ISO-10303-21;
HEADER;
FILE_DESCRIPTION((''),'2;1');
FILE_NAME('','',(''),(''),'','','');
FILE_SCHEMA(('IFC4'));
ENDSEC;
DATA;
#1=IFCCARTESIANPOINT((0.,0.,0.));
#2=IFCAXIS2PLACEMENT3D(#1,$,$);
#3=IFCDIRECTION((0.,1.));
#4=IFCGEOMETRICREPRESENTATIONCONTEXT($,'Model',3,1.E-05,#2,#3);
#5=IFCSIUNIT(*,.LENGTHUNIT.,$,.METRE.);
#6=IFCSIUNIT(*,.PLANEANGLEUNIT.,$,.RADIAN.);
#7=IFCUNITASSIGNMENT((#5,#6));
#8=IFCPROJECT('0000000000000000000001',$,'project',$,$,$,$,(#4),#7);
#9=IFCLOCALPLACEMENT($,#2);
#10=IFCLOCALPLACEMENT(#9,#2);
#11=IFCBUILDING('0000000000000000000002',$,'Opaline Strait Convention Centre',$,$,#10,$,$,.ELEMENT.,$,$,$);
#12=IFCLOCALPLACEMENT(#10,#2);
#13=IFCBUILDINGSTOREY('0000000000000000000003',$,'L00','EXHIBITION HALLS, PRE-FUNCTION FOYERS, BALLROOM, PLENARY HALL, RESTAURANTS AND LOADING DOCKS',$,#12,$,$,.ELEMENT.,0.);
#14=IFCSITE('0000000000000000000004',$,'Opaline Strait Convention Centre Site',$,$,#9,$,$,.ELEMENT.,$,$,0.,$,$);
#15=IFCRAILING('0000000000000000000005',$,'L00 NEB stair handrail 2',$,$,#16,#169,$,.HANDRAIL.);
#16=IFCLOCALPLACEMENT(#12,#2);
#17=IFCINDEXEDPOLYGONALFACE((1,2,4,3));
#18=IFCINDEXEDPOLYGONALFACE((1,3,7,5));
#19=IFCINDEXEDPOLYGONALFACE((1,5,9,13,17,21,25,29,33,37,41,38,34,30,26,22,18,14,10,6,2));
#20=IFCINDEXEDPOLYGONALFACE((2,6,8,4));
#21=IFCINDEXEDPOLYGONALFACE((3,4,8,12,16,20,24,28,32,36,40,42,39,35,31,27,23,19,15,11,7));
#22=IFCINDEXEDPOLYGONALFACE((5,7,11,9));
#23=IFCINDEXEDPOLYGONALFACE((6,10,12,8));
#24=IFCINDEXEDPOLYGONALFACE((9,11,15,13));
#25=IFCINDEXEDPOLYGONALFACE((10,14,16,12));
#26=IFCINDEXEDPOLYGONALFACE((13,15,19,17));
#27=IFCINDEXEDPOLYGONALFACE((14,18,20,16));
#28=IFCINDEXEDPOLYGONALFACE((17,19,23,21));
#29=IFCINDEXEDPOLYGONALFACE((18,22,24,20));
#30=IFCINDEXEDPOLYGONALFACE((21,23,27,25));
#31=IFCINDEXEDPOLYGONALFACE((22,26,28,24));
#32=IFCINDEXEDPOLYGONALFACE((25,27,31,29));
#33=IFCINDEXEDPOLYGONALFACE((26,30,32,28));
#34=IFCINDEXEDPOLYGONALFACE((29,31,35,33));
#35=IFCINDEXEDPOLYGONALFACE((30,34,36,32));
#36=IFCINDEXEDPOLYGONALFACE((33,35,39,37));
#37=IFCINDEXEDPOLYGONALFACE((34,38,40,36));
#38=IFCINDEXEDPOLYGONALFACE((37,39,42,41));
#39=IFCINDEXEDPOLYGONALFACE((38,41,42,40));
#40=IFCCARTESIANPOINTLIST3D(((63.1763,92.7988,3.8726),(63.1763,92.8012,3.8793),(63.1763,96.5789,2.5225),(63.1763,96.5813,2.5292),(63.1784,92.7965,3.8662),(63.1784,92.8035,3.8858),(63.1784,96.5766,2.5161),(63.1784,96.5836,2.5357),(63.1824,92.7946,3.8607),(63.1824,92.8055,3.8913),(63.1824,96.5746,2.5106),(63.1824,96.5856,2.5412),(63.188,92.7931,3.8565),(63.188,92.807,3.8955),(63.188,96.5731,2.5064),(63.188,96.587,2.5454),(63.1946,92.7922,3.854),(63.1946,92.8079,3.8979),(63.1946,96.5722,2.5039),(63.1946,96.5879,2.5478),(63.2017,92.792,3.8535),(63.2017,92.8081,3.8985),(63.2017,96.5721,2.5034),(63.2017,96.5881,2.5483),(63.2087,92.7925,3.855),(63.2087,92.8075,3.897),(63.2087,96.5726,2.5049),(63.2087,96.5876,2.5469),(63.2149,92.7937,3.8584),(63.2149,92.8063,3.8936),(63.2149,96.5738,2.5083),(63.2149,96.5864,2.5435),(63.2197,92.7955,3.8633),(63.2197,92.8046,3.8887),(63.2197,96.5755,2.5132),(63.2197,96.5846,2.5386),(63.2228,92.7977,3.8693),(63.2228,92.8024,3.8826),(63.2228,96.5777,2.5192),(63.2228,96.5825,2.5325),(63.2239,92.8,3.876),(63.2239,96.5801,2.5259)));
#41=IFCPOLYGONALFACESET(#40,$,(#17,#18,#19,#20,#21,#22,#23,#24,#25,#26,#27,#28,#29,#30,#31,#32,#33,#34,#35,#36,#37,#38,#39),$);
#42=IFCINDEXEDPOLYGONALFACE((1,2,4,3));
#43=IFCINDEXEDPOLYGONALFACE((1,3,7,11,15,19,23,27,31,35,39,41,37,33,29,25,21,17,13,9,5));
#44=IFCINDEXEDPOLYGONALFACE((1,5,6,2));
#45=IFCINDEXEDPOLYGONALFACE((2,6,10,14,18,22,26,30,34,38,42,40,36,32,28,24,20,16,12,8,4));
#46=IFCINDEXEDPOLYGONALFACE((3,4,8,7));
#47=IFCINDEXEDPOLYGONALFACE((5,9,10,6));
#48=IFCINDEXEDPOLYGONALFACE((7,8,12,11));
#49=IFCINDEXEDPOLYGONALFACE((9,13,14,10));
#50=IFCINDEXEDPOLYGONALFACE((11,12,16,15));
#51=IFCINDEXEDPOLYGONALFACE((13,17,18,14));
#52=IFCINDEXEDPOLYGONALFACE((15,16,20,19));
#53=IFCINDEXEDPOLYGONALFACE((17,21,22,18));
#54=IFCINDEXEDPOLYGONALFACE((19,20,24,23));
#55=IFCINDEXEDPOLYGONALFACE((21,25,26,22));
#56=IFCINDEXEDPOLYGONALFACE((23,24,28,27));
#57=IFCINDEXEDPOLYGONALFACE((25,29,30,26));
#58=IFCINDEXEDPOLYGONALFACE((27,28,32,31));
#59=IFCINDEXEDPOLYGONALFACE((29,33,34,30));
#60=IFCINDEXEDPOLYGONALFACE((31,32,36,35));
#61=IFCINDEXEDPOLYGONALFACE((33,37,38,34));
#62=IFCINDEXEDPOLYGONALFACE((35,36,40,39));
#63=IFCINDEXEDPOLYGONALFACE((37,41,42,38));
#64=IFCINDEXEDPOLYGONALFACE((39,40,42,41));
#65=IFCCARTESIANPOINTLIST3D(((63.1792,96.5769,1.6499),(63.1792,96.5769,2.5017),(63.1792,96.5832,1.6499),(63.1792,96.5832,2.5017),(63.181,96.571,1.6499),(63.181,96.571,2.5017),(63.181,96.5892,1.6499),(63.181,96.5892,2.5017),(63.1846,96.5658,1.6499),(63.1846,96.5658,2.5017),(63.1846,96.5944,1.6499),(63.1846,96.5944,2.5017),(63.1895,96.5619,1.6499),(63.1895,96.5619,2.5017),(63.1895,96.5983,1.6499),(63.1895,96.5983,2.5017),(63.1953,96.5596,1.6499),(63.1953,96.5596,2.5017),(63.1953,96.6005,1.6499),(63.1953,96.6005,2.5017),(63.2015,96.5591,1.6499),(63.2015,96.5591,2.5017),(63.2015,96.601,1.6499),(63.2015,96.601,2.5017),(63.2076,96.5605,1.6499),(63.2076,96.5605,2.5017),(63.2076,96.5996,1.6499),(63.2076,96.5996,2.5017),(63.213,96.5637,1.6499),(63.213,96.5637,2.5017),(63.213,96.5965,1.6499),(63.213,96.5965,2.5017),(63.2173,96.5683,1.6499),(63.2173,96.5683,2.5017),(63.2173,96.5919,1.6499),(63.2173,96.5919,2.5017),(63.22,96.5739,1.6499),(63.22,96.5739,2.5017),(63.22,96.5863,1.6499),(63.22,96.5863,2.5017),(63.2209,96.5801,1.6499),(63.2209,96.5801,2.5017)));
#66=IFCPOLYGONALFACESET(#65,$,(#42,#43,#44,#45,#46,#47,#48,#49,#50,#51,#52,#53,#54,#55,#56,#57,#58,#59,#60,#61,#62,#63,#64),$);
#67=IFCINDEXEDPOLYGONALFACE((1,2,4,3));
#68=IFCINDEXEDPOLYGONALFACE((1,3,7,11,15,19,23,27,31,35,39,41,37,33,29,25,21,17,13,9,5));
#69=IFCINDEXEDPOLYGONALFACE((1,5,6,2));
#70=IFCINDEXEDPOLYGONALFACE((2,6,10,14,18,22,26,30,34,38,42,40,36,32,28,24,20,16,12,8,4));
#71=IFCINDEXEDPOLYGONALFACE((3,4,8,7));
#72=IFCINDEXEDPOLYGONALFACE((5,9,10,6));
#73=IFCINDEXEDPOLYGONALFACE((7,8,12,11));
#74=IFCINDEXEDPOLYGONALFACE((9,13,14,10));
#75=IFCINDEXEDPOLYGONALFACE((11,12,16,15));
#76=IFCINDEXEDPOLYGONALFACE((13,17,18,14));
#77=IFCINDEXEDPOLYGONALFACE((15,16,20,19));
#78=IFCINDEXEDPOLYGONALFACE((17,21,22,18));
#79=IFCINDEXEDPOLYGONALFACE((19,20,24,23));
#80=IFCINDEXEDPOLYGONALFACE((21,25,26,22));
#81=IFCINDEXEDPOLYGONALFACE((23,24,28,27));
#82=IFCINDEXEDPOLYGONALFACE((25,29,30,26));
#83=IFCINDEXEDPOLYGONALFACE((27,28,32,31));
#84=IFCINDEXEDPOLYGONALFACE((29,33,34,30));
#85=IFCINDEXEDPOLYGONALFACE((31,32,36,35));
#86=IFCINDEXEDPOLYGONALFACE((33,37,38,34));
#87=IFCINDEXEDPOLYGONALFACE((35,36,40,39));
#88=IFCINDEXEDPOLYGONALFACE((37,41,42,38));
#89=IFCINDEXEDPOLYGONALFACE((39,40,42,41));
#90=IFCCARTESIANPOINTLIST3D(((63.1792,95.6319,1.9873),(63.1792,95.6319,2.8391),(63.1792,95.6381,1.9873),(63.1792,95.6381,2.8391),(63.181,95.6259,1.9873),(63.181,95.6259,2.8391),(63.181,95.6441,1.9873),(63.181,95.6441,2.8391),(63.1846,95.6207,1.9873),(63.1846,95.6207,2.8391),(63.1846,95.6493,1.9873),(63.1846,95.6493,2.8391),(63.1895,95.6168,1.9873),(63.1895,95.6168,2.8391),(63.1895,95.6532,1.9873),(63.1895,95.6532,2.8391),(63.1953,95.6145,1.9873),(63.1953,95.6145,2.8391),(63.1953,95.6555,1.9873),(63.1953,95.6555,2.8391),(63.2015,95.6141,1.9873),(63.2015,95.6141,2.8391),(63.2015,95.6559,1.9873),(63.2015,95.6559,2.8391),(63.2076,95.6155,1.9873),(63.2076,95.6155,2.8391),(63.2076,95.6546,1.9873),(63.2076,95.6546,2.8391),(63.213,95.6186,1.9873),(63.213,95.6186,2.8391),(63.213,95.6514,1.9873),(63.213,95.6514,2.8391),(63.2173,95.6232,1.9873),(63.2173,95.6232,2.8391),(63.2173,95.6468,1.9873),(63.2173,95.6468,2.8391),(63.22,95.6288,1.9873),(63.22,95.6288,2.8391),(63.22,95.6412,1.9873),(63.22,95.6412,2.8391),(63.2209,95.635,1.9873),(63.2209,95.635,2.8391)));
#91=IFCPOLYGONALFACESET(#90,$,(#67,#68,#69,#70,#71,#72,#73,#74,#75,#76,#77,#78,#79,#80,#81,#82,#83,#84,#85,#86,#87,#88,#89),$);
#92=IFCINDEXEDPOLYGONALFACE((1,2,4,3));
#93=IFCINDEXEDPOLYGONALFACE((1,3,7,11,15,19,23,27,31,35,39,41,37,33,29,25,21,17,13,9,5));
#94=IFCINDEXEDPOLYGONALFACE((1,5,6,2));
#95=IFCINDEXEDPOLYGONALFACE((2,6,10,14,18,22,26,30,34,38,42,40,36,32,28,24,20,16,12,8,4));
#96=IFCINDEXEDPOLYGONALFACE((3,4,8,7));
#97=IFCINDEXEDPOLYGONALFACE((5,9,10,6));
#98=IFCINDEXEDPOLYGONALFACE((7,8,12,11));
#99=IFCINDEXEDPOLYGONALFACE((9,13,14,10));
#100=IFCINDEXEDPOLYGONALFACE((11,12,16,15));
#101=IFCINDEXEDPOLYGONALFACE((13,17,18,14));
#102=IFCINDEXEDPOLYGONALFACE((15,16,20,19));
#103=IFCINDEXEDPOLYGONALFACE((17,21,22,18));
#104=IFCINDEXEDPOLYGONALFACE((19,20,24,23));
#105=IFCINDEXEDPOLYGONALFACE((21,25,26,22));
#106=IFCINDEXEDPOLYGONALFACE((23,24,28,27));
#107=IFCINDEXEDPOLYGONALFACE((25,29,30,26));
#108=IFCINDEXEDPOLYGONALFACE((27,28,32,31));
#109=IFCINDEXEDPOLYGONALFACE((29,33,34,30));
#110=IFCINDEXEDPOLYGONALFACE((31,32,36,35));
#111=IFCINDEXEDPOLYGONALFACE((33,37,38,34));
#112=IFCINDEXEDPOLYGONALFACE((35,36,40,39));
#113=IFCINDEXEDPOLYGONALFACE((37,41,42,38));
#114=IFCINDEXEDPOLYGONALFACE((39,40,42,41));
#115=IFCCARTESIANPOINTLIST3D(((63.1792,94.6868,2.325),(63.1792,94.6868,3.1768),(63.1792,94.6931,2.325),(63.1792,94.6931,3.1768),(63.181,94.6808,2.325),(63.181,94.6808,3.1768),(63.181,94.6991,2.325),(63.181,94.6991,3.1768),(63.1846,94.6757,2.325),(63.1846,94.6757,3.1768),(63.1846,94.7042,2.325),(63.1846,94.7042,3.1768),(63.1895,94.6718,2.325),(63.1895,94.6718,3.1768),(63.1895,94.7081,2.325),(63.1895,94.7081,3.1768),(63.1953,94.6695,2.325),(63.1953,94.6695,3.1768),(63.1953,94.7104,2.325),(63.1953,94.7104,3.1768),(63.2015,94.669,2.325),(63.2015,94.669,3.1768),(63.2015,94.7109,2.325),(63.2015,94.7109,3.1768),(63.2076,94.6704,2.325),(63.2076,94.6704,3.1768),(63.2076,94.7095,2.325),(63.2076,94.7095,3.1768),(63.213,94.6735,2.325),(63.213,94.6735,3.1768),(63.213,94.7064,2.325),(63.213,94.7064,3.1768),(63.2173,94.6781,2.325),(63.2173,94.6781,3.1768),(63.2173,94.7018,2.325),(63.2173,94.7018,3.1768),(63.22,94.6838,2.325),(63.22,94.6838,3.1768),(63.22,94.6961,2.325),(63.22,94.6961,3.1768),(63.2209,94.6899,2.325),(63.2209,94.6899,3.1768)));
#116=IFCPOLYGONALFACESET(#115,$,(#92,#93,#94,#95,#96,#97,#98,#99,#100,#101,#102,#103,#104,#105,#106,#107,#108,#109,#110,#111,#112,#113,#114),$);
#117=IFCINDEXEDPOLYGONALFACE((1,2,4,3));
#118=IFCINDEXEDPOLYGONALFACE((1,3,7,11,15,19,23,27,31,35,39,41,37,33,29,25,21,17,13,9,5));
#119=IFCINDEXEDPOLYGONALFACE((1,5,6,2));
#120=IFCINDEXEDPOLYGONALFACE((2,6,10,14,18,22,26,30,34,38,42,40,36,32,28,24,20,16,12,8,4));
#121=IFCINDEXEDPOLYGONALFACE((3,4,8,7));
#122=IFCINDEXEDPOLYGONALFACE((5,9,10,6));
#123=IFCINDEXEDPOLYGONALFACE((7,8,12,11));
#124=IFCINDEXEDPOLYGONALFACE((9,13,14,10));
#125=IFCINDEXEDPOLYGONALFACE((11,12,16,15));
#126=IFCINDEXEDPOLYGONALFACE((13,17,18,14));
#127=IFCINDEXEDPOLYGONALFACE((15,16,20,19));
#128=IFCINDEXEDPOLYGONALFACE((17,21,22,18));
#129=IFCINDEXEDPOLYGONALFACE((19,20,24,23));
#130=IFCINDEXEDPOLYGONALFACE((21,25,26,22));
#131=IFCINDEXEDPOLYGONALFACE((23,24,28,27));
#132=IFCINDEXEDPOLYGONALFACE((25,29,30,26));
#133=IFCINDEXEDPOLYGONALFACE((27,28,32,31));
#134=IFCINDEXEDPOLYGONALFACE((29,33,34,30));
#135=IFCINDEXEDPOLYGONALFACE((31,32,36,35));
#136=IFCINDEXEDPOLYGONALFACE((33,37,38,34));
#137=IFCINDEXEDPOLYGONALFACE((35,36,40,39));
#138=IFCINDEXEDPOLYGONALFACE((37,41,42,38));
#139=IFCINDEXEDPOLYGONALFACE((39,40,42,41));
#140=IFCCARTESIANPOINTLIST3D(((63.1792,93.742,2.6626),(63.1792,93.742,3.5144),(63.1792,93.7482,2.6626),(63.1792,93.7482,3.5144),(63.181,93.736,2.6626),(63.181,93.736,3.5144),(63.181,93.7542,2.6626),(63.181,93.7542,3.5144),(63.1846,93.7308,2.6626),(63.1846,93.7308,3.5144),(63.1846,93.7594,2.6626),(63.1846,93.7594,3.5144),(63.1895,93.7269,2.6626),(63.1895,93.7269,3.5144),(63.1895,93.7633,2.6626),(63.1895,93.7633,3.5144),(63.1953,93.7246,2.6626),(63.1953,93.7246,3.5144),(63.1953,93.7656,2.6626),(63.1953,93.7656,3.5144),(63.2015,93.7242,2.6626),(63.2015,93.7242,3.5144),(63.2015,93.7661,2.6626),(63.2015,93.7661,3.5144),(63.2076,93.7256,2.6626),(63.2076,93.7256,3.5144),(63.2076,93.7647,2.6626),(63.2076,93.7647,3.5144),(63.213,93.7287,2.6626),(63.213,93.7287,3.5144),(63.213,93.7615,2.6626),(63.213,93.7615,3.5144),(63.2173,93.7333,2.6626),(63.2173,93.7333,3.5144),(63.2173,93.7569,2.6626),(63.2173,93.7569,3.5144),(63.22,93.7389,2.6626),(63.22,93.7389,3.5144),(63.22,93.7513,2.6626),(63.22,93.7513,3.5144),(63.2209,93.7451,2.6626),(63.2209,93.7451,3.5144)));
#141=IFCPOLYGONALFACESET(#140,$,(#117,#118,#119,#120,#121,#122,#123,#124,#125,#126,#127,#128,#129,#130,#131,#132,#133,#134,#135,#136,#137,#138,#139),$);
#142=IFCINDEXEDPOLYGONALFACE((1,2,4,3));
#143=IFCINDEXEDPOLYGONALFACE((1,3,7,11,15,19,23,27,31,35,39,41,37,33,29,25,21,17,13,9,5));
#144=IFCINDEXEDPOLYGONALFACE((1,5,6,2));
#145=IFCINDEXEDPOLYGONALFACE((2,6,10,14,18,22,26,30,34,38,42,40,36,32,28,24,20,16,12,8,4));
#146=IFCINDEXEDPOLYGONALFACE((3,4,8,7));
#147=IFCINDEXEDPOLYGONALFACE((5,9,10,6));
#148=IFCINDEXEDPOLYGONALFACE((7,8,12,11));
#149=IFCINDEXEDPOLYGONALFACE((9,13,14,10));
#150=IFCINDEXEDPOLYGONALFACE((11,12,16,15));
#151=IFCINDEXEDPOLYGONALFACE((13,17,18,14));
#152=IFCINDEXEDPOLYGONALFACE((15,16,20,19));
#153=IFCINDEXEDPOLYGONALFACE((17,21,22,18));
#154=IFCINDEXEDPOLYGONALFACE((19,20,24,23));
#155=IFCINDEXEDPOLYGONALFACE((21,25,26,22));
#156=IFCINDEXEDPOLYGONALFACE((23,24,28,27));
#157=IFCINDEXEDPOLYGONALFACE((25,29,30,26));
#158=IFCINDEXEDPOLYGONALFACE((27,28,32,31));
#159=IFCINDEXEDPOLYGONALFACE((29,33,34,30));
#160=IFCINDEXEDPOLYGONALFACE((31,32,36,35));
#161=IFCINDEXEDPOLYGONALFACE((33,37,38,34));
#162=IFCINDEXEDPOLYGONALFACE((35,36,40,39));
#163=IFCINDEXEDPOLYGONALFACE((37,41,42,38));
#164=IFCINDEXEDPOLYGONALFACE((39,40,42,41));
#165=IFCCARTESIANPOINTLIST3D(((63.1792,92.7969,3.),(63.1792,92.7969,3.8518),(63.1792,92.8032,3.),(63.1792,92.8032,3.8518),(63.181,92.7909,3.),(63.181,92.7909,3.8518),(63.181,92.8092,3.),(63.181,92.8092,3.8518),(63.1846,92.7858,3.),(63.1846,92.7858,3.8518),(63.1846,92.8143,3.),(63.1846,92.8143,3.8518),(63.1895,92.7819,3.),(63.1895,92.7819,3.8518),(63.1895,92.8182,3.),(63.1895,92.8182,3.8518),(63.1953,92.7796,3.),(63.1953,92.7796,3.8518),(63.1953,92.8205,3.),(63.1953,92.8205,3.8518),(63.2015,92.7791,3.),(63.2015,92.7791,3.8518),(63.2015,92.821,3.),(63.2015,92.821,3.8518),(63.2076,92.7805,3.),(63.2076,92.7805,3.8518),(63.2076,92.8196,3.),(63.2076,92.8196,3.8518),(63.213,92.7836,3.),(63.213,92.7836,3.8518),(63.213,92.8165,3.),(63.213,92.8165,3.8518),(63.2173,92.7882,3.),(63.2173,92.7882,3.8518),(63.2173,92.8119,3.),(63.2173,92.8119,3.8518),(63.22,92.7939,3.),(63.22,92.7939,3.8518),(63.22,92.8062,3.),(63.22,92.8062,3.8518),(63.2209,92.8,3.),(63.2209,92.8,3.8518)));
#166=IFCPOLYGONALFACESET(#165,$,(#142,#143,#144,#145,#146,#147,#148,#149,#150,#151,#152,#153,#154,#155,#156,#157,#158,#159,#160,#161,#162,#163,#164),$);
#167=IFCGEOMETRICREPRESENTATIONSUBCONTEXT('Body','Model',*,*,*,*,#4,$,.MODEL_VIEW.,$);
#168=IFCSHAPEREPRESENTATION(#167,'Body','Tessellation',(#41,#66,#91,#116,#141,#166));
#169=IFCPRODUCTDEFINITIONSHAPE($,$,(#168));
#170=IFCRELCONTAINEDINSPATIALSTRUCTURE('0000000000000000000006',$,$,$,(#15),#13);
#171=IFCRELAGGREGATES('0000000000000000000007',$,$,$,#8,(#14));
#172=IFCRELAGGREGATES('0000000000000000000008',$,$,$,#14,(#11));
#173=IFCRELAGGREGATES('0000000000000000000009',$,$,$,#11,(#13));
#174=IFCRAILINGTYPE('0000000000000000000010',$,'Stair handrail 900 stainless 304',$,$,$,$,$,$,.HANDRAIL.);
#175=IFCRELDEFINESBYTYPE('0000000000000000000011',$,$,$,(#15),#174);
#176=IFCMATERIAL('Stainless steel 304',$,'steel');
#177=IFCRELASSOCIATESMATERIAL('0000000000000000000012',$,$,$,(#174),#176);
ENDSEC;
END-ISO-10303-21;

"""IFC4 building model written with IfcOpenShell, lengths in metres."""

from ifc_helpers import new_model, si_unit, direction, frame, origin, origin_2d, place, context, subcontext, project, spatial, circle, extrude, material, type_object, element, save


model = new_model("IFC4")

# Units and contexts
model_context = context("Model", 3, precision=1e-05, world=origin(), true_north=direction((0.0, 1.0)))
body_context = subcontext(model_context, "Body", "Model", "MODEL_VIEW")
ifc_project = project(units=[si_unit("LENGTHUNIT", "METRE"), si_unit("PLANEANGLEUNIT", "RADIAN")], contexts=[model_context])

# Site, building, storey
site_placement = place(None, origin())
site = spatial("IfcSite", under=ifc_project, at=site_placement, Name="Opaline Strait Convention Centre Site", CompositionType="ELEMENT", RefElevation=0.0)
building_placement = place(site_placement, origin())
building = spatial("IfcBuilding", under=site, at=building_placement, Name="Opaline Strait Convention Centre", CompositionType="ELEMENT")
storey_placement = place(building_placement, origin())
storey = spatial("IfcBuildingStorey", under=building, at=storey_placement, Name="L00", Description="EXHIBITION HALLS, PRE-FUNCTION FOYERS, BALLROOM, PLENARY HALL, RESTAURANTS AND LOADING DOCKS", CompositionType="ELEMENT", Elevation=0.0)

# Railing
ifc_material_1 = material(Name="Stainless steel 304", Category="steel")
railing_type = type_object("IfcRailingType", Name="Stair handrail 900 stainless 304", PredefinedType="HANDRAIL", material=ifc_material_1)
for number, where, name in (
    (1, (63.2, 96.5801, 1.6499), "L00 NEB stair handrail 2"),
):
    element("IfcRailing", number, at=place(storey_placement, frame(where)), inside=storey, type_object=railing_type, Name=name, PredefinedType="HANDRAIL", context=body_context, shape_type="SweptSolid", body=[
        extrude(circle(Radius=0.0239, at=origin_2d()), frame((0.0, 0.0, 0.876), z_axis=(0.0, -0.941735, 0.336356), x_axis=(1.0, 0.0, 0.0)), (0.0, 0.0, 1.0), 4.0139),
        extrude(circle(Radius=0.021, at=origin_2d()), origin(), (0.0, 0.0, 1.0), 0.8518),
        extrude(circle(Radius=0.021, at=origin_2d()), frame((0.0, -0.9451, 0.3374)), (0.0, 0.0, 1.0), 0.8518),
        extrude(circle(Radius=0.021, at=origin_2d()), frame((0.0, -1.8901, 0.675)), (0.0, 0.0, 1.0), 0.8518),
        extrude(circle(Radius=0.021, at=origin_2d()), frame((0.0, -2.835, 1.0127)), (0.0, 0.0, 1.0), 0.8518),
        extrude(circle(Radius=0.021, at=origin_2d()), frame((0.0, -3.78, 1.3501)), (0.0, 0.0, 1.0), 0.8518),
    ])

save(model, "model.ifc")
